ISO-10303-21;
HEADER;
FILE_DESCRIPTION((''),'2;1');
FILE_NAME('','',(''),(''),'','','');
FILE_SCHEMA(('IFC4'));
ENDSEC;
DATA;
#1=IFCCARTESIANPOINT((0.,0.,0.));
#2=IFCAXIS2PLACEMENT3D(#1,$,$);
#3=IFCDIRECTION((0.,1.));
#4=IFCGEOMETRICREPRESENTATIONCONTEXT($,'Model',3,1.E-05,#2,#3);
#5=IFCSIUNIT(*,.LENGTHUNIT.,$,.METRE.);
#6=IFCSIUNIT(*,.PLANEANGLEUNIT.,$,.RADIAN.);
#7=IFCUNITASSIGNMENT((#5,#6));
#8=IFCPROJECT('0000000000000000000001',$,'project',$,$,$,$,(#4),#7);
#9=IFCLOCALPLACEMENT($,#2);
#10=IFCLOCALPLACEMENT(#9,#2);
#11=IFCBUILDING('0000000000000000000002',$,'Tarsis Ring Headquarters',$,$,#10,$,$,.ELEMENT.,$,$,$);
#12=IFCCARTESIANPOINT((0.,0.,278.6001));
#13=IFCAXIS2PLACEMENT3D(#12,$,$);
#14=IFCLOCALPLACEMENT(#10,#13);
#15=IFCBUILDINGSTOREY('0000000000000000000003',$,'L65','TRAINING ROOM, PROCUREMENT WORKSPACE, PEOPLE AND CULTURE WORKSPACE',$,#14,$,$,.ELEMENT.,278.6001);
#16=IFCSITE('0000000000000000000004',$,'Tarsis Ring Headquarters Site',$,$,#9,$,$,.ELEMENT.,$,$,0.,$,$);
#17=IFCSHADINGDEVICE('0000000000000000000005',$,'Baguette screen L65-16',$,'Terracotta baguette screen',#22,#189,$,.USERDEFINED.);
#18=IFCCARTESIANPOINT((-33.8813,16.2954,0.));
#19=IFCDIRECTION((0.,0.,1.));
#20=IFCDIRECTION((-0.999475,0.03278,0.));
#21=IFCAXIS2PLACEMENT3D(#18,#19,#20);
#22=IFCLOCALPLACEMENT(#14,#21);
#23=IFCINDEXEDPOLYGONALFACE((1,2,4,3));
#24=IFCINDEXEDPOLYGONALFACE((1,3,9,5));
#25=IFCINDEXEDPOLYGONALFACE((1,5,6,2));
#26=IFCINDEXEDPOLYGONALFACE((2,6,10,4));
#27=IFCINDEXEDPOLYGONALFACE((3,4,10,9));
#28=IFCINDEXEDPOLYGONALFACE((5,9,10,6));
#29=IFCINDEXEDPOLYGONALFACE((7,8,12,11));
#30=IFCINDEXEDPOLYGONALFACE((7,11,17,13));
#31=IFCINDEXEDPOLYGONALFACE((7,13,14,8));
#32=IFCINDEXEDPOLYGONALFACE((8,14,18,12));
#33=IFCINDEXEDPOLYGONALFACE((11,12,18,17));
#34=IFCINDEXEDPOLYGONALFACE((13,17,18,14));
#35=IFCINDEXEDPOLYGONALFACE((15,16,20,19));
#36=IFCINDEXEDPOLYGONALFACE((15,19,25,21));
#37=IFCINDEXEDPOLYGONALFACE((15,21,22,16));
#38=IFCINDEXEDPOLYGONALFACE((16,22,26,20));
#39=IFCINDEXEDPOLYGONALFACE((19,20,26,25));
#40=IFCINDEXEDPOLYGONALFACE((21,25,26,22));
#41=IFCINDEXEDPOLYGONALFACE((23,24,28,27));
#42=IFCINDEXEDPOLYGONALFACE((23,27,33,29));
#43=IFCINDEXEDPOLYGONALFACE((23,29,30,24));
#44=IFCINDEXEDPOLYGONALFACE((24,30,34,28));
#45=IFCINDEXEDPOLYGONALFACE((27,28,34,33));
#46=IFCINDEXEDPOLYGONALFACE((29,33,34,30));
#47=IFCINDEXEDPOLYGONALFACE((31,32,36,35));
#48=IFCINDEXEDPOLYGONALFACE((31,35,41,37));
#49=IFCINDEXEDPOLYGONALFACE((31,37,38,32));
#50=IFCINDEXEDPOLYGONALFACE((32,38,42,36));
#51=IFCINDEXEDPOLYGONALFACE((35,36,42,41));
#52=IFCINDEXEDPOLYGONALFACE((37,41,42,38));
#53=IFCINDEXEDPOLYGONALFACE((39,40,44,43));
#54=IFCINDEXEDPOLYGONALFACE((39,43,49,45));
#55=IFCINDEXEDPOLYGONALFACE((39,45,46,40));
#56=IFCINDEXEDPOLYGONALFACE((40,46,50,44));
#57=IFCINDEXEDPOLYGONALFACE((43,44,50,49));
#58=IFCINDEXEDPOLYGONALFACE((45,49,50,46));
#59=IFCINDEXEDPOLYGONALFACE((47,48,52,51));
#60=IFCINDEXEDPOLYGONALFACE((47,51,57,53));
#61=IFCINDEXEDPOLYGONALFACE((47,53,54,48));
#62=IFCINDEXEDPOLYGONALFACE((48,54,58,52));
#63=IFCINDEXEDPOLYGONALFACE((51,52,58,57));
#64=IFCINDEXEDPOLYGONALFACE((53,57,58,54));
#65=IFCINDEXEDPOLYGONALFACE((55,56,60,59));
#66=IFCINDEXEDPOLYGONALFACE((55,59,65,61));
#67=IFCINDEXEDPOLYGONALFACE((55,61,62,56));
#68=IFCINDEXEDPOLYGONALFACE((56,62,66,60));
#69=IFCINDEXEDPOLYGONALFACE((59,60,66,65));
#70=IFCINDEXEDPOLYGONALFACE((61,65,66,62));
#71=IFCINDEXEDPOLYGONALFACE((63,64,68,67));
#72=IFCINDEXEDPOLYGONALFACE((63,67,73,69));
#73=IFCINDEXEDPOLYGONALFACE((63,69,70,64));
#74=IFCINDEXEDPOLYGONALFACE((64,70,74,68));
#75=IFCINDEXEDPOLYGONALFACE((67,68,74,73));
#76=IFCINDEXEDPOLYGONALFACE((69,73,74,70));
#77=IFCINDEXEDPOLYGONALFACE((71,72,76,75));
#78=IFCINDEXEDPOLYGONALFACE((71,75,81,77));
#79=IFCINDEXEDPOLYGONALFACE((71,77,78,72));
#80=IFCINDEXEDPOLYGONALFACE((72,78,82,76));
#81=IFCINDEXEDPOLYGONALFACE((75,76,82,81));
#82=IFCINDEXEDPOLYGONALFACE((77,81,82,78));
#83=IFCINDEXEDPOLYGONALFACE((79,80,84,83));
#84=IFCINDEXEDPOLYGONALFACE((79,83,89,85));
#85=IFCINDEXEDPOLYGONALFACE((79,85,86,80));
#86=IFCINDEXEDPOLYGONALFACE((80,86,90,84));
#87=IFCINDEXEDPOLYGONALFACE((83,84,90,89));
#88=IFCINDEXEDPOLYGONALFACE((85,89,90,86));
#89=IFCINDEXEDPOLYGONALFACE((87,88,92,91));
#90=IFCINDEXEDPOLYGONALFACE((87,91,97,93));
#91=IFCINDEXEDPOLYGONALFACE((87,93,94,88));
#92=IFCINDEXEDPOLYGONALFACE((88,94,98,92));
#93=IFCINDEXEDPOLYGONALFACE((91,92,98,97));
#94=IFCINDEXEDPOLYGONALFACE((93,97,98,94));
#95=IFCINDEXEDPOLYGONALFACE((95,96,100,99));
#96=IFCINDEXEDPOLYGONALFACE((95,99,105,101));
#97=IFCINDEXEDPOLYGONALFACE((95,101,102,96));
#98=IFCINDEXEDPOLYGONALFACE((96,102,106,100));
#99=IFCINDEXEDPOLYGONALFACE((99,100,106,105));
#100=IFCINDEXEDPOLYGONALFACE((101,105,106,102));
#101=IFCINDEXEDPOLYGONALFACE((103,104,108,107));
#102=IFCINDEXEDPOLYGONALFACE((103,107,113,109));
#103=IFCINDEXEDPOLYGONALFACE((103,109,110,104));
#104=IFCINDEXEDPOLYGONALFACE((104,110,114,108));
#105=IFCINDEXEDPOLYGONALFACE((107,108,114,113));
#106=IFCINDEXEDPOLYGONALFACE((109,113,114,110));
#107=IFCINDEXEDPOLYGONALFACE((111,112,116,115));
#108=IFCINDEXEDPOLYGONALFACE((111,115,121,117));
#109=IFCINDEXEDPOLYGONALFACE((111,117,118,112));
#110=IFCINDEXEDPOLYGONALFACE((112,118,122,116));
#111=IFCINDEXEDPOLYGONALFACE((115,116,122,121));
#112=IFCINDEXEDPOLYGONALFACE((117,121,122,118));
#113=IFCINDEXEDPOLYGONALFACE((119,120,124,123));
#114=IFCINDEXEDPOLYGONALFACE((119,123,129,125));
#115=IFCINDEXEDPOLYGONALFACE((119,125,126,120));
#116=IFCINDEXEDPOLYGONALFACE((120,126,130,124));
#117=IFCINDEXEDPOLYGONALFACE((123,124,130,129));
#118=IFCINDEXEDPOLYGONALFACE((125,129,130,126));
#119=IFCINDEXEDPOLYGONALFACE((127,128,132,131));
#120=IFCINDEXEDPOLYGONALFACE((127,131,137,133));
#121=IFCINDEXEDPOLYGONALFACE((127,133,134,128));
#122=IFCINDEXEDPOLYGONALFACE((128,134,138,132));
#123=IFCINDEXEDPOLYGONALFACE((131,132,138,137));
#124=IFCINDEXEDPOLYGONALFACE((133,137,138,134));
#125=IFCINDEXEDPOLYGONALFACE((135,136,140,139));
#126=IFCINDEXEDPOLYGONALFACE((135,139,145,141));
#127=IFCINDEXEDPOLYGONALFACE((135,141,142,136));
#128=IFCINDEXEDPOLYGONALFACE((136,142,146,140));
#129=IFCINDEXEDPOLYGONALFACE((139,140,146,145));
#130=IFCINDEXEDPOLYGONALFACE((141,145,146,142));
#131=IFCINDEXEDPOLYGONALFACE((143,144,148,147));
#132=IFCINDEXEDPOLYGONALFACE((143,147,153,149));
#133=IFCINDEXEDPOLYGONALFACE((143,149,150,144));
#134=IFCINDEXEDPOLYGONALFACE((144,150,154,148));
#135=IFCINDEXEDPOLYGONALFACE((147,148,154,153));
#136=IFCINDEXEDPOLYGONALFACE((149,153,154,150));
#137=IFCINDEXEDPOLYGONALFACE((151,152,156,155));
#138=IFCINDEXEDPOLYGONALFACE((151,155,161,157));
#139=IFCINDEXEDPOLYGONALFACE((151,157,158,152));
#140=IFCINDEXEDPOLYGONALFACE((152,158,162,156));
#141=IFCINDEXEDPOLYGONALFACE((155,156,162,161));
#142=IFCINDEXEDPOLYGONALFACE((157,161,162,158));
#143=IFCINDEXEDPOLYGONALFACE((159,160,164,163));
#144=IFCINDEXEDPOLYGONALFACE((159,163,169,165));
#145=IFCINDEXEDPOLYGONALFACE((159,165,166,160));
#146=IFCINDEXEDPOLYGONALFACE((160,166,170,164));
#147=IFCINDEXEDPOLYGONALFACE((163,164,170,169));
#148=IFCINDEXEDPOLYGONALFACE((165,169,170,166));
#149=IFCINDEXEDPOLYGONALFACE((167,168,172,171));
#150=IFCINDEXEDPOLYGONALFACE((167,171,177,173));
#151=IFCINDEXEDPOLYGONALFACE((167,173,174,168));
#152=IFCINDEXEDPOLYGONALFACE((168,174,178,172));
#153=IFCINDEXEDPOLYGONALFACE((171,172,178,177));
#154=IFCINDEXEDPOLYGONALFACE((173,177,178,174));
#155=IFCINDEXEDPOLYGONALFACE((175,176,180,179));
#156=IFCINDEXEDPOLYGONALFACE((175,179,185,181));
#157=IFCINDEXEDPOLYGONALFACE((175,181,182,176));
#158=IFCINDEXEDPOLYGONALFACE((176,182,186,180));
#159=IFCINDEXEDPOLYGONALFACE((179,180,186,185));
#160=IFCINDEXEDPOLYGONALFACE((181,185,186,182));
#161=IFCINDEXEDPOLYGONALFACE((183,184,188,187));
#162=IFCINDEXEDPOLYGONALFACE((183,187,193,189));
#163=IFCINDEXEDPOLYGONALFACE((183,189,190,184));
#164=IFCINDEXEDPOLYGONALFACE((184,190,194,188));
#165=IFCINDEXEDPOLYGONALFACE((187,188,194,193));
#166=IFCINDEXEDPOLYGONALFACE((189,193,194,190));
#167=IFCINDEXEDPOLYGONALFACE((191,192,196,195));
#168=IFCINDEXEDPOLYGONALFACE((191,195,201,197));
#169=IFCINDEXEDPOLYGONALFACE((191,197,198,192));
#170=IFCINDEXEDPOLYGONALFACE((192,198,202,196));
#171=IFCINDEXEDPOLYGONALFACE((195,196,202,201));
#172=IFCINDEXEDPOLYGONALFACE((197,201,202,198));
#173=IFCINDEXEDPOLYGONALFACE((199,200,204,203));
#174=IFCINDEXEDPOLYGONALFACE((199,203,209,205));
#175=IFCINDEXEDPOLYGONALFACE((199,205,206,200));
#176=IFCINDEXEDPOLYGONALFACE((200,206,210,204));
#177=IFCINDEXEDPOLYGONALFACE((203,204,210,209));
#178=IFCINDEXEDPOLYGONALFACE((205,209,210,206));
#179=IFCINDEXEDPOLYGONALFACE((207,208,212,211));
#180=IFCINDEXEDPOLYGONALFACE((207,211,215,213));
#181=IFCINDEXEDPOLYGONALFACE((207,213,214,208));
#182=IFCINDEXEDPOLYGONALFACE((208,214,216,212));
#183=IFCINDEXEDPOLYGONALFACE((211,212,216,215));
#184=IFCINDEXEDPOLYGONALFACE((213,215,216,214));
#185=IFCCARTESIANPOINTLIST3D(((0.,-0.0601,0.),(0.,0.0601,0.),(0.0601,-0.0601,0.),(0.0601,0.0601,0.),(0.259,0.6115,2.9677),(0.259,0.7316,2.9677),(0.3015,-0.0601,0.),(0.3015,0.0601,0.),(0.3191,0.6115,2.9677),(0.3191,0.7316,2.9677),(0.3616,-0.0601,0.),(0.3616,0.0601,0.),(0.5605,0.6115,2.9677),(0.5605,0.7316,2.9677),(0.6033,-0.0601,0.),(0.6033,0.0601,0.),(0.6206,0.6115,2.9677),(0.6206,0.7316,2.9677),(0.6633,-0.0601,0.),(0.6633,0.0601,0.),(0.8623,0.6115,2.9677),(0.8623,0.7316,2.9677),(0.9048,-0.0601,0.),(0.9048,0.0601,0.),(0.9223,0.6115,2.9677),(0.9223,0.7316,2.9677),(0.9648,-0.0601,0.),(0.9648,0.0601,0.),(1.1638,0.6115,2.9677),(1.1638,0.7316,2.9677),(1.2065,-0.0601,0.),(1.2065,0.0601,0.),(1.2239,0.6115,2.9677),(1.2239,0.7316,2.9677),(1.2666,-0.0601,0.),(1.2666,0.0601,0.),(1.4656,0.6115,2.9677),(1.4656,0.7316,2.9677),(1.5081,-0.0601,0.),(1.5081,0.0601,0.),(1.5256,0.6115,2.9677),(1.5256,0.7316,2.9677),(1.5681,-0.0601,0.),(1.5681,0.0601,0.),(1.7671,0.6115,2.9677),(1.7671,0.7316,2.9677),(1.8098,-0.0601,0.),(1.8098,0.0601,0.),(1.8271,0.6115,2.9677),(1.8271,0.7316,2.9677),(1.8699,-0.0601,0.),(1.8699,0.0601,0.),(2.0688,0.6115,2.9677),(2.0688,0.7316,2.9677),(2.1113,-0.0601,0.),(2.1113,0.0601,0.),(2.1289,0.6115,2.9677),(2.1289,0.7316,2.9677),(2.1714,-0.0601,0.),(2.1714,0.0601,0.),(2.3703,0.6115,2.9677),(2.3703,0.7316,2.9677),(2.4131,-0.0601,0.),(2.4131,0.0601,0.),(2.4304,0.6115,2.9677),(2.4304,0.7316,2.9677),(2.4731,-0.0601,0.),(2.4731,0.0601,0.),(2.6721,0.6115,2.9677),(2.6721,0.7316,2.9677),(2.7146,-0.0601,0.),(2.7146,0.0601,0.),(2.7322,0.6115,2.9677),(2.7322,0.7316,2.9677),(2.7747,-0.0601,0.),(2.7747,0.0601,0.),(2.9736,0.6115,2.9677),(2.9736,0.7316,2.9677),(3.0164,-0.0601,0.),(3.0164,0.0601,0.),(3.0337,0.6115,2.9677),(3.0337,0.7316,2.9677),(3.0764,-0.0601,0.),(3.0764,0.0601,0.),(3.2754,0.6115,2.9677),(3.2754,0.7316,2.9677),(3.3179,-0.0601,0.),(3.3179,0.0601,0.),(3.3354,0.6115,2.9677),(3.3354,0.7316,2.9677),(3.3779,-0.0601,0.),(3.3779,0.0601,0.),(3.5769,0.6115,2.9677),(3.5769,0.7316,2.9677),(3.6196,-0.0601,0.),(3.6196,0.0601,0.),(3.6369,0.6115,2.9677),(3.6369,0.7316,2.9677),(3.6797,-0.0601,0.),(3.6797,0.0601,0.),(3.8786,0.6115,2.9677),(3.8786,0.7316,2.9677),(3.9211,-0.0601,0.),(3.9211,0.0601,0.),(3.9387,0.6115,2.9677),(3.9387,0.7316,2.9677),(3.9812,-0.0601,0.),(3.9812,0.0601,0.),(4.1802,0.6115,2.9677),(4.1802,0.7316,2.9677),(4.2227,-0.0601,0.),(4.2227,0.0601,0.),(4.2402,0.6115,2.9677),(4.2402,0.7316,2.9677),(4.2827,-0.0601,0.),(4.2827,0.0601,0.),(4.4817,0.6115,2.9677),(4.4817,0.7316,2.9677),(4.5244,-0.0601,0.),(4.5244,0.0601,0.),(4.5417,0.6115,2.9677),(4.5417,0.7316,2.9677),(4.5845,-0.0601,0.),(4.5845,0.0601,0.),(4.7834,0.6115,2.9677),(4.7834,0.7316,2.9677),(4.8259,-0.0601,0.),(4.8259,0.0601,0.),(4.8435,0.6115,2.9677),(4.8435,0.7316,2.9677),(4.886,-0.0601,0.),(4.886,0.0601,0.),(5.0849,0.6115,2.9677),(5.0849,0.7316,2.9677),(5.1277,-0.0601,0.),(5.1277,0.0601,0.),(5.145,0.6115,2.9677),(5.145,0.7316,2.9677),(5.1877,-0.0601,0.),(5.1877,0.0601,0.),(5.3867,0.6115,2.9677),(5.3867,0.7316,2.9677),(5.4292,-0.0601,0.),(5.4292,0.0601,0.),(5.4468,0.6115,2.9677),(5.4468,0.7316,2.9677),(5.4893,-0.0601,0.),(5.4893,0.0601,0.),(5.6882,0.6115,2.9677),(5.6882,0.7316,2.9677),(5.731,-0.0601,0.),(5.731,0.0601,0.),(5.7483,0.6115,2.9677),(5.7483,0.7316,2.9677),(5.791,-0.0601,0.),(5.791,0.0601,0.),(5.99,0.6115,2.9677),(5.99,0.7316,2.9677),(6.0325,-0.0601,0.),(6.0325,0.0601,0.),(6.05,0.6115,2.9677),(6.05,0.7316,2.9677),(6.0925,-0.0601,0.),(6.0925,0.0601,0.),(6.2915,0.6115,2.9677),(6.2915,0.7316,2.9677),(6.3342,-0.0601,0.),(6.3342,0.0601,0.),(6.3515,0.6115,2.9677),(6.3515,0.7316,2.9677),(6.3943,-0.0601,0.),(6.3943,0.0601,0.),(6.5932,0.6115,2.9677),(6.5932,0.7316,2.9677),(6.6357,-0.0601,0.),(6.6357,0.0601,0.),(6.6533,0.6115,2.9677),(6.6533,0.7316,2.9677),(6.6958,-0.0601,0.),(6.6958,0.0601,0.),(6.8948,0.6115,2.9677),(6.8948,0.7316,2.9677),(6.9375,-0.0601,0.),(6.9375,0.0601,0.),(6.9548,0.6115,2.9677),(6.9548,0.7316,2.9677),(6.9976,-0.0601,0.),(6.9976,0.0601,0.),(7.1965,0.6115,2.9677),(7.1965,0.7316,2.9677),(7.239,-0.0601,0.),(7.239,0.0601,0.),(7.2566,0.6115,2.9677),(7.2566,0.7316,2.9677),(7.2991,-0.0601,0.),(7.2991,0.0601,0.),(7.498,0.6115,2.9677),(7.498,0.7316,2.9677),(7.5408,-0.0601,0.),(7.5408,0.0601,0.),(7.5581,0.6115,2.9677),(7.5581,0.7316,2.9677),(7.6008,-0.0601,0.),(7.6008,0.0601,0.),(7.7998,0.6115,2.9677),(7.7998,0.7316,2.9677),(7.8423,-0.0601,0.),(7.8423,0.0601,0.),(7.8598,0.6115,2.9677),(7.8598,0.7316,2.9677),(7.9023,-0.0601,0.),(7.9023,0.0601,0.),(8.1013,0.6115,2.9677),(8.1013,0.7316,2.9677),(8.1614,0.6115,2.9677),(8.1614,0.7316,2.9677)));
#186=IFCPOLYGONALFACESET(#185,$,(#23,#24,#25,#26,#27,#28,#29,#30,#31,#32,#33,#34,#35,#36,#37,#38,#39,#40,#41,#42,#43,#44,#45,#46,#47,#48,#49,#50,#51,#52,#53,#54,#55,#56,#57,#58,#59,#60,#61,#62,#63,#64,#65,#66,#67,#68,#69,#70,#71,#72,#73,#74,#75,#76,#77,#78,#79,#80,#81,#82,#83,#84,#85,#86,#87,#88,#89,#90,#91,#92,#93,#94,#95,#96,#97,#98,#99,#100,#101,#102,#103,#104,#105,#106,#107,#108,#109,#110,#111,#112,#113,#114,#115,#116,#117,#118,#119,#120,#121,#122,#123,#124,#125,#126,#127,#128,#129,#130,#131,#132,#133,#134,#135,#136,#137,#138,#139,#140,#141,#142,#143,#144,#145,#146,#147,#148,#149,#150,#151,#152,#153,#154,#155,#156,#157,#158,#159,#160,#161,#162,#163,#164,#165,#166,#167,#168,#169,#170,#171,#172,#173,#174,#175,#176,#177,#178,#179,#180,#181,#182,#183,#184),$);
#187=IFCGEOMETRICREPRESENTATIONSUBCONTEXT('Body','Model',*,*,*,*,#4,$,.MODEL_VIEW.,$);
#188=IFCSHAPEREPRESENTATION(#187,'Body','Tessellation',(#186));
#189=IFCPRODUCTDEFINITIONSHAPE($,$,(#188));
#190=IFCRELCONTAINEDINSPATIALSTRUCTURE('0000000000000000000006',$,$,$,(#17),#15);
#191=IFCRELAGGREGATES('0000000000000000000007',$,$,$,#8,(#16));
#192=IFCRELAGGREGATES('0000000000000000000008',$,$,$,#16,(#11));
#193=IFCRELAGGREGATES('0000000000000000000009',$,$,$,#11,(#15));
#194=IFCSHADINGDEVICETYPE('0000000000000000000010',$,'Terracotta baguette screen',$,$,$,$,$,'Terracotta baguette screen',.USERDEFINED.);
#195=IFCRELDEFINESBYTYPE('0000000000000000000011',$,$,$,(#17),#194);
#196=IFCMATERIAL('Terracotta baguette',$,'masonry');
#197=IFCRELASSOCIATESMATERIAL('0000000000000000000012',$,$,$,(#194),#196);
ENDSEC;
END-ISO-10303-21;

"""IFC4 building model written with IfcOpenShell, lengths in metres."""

from ifc_helpers import new_model, si_unit, direction, frame, frame_2d, origin, place, context, subcontext, project, spatial, rectangle, composite_profile, extrude, material, type_object, element, save


model = new_model("IFC4")

# Units and contexts
model_context = context("Model", 3, precision=1e-05, world=origin(), true_north=direction((0.0, 1.0)))
body_context = subcontext(model_context, "Body", "Model", "MODEL_VIEW")
ifc_project = project(units=[si_unit("LENGTHUNIT", "METRE"), si_unit("PLANEANGLEUNIT", "RADIAN")], contexts=[model_context])

# Site, building, storey
site_placement = place(None, origin())
site = spatial("IfcSite", under=ifc_project, at=site_placement, Name="Tarsis Ring Headquarters Site", CompositionType="ELEMENT", RefElevation=0.0)
building_placement = place(site_placement, origin())
building = spatial("IfcBuilding", under=site, at=building_placement, Name="Tarsis Ring Headquarters", CompositionType="ELEMENT")
storey_placement = place(building_placement, frame((0.0, 0.0, 278.6001)))
storey = spatial("IfcBuildingStorey", under=building, at=storey_placement, Name="L65", Description="TRAINING ROOM, PROCUREMENT WORKSPACE, PEOPLE AND CULTURE WORKSPACE", CompositionType="ELEMENT", Elevation=278.6001)

# Shading device
ifc_material_1 = material(Name="Terracotta baguette", Category="masonry")
shading_device_type_1 = type_object("IfcShadingDeviceType", Name="Terracotta baguette screen", ElementType="Terracotta baguette screen", PredefinedType="USERDEFINED", material=ifc_material_1)
shading_device_1_placement = place(storey_placement, frame((-33.8813, 16.2954, 0.0), z_axis=(0.0, 0.0, 1.0), x_axis=(-0.999475, 0.03278, 0.0)))
element("IfcShadingDevice", 1, at=shading_device_1_placement, inside=storey, type_object=shading_device_type_1, Name="Baguette screen L65-16", ObjectType="Terracotta baguette screen", PredefinedType="USERDEFINED", context=body_context, shape_type="SweptSolid", body=[
    extrude(composite_profile([rectangle(XDim=0.0601, YDim=0.1201, at=frame_2d((0.03, 0.0))), rectangle(XDim=0.0601, YDim=0.1201, at=frame_2d((0.3315, 0.0))), rectangle(XDim=0.0601, YDim=0.1201, at=frame_2d((0.6333, 0.0))), rectangle(XDim=0.0601, YDim=0.1201, at=frame_2d((0.9348, 0.0))), rectangle(XDim=0.0601, YDim=0.1201, at=frame_2d((1.2366, 0.0))), rectangle(XDim=0.0601, YDim=0.1201, at=frame_2d((1.5381, 0.0))), rectangle(XDim=0.0601, YDim=0.1201, at=frame_2d((1.8398, 0.0))), rectangle(XDim=0.0601, YDim=0.1201, at=frame_2d((2.1414, 0.0))), rectangle(XDim=0.0601, YDim=0.1201, at=frame_2d((2.4431, 0.0))), rectangle(XDim=0.0601, YDim=0.1201, at=frame_2d((2.7446, 0.0))), rectangle(XDim=0.0601, YDim=0.1201, at=frame_2d((3.0464, 0.0))), rectangle(XDim=0.0601, YDim=0.1201, at=frame_2d((3.3479, 0.0))), rectangle(XDim=0.0601, YDim=0.1201, at=frame_2d((3.6497, 0.0))), rectangle(XDim=0.0601, YDim=0.1201, at=frame_2d((3.9512, 0.0))), rectangle(XDim=0.0601, YDim=0.1201, at=frame_2d((4.2527, 0.0))), rectangle(XDim=0.0601, YDim=0.1201, at=frame_2d((4.5544, 0.0))), rectangle(XDim=0.0601, YDim=0.1201, at=frame_2d((4.856, 0.0))), rectangle(XDim=0.0601, YDim=0.1201, at=frame_2d((5.1577, 0.0))), rectangle(XDim=0.0601, YDim=0.1201, at=frame_2d((5.4592, 0.0))), rectangle(XDim=0.0601, YDim=0.1201, at=frame_2d((5.761, 0.0))), rectangle(XDim=0.0601, YDim=0.1201, at=frame_2d((6.0625, 0.0))), rectangle(XDim=0.0601, YDim=0.1201, at=frame_2d((6.3643, 0.0))), rectangle(XDim=0.0601, YDim=0.1201, at=frame_2d((6.6658, 0.0))), rectangle(XDim=0.0601, YDim=0.1201, at=frame_2d((6.9675, 0.0))), rectangle(XDim=0.0601, YDim=0.1201, at=frame_2d((7.269, 0.0))), rectangle(XDim=0.0601, YDim=0.1201, at=frame_2d((7.5708, 0.0))), rectangle(XDim=0.0601, YDim=0.1201, at=frame_2d((7.8723, 0.0)))]), origin(), (0.084819, 0.219919, 0.971824), 3.0537),
])

save(model, "model.ifc")
